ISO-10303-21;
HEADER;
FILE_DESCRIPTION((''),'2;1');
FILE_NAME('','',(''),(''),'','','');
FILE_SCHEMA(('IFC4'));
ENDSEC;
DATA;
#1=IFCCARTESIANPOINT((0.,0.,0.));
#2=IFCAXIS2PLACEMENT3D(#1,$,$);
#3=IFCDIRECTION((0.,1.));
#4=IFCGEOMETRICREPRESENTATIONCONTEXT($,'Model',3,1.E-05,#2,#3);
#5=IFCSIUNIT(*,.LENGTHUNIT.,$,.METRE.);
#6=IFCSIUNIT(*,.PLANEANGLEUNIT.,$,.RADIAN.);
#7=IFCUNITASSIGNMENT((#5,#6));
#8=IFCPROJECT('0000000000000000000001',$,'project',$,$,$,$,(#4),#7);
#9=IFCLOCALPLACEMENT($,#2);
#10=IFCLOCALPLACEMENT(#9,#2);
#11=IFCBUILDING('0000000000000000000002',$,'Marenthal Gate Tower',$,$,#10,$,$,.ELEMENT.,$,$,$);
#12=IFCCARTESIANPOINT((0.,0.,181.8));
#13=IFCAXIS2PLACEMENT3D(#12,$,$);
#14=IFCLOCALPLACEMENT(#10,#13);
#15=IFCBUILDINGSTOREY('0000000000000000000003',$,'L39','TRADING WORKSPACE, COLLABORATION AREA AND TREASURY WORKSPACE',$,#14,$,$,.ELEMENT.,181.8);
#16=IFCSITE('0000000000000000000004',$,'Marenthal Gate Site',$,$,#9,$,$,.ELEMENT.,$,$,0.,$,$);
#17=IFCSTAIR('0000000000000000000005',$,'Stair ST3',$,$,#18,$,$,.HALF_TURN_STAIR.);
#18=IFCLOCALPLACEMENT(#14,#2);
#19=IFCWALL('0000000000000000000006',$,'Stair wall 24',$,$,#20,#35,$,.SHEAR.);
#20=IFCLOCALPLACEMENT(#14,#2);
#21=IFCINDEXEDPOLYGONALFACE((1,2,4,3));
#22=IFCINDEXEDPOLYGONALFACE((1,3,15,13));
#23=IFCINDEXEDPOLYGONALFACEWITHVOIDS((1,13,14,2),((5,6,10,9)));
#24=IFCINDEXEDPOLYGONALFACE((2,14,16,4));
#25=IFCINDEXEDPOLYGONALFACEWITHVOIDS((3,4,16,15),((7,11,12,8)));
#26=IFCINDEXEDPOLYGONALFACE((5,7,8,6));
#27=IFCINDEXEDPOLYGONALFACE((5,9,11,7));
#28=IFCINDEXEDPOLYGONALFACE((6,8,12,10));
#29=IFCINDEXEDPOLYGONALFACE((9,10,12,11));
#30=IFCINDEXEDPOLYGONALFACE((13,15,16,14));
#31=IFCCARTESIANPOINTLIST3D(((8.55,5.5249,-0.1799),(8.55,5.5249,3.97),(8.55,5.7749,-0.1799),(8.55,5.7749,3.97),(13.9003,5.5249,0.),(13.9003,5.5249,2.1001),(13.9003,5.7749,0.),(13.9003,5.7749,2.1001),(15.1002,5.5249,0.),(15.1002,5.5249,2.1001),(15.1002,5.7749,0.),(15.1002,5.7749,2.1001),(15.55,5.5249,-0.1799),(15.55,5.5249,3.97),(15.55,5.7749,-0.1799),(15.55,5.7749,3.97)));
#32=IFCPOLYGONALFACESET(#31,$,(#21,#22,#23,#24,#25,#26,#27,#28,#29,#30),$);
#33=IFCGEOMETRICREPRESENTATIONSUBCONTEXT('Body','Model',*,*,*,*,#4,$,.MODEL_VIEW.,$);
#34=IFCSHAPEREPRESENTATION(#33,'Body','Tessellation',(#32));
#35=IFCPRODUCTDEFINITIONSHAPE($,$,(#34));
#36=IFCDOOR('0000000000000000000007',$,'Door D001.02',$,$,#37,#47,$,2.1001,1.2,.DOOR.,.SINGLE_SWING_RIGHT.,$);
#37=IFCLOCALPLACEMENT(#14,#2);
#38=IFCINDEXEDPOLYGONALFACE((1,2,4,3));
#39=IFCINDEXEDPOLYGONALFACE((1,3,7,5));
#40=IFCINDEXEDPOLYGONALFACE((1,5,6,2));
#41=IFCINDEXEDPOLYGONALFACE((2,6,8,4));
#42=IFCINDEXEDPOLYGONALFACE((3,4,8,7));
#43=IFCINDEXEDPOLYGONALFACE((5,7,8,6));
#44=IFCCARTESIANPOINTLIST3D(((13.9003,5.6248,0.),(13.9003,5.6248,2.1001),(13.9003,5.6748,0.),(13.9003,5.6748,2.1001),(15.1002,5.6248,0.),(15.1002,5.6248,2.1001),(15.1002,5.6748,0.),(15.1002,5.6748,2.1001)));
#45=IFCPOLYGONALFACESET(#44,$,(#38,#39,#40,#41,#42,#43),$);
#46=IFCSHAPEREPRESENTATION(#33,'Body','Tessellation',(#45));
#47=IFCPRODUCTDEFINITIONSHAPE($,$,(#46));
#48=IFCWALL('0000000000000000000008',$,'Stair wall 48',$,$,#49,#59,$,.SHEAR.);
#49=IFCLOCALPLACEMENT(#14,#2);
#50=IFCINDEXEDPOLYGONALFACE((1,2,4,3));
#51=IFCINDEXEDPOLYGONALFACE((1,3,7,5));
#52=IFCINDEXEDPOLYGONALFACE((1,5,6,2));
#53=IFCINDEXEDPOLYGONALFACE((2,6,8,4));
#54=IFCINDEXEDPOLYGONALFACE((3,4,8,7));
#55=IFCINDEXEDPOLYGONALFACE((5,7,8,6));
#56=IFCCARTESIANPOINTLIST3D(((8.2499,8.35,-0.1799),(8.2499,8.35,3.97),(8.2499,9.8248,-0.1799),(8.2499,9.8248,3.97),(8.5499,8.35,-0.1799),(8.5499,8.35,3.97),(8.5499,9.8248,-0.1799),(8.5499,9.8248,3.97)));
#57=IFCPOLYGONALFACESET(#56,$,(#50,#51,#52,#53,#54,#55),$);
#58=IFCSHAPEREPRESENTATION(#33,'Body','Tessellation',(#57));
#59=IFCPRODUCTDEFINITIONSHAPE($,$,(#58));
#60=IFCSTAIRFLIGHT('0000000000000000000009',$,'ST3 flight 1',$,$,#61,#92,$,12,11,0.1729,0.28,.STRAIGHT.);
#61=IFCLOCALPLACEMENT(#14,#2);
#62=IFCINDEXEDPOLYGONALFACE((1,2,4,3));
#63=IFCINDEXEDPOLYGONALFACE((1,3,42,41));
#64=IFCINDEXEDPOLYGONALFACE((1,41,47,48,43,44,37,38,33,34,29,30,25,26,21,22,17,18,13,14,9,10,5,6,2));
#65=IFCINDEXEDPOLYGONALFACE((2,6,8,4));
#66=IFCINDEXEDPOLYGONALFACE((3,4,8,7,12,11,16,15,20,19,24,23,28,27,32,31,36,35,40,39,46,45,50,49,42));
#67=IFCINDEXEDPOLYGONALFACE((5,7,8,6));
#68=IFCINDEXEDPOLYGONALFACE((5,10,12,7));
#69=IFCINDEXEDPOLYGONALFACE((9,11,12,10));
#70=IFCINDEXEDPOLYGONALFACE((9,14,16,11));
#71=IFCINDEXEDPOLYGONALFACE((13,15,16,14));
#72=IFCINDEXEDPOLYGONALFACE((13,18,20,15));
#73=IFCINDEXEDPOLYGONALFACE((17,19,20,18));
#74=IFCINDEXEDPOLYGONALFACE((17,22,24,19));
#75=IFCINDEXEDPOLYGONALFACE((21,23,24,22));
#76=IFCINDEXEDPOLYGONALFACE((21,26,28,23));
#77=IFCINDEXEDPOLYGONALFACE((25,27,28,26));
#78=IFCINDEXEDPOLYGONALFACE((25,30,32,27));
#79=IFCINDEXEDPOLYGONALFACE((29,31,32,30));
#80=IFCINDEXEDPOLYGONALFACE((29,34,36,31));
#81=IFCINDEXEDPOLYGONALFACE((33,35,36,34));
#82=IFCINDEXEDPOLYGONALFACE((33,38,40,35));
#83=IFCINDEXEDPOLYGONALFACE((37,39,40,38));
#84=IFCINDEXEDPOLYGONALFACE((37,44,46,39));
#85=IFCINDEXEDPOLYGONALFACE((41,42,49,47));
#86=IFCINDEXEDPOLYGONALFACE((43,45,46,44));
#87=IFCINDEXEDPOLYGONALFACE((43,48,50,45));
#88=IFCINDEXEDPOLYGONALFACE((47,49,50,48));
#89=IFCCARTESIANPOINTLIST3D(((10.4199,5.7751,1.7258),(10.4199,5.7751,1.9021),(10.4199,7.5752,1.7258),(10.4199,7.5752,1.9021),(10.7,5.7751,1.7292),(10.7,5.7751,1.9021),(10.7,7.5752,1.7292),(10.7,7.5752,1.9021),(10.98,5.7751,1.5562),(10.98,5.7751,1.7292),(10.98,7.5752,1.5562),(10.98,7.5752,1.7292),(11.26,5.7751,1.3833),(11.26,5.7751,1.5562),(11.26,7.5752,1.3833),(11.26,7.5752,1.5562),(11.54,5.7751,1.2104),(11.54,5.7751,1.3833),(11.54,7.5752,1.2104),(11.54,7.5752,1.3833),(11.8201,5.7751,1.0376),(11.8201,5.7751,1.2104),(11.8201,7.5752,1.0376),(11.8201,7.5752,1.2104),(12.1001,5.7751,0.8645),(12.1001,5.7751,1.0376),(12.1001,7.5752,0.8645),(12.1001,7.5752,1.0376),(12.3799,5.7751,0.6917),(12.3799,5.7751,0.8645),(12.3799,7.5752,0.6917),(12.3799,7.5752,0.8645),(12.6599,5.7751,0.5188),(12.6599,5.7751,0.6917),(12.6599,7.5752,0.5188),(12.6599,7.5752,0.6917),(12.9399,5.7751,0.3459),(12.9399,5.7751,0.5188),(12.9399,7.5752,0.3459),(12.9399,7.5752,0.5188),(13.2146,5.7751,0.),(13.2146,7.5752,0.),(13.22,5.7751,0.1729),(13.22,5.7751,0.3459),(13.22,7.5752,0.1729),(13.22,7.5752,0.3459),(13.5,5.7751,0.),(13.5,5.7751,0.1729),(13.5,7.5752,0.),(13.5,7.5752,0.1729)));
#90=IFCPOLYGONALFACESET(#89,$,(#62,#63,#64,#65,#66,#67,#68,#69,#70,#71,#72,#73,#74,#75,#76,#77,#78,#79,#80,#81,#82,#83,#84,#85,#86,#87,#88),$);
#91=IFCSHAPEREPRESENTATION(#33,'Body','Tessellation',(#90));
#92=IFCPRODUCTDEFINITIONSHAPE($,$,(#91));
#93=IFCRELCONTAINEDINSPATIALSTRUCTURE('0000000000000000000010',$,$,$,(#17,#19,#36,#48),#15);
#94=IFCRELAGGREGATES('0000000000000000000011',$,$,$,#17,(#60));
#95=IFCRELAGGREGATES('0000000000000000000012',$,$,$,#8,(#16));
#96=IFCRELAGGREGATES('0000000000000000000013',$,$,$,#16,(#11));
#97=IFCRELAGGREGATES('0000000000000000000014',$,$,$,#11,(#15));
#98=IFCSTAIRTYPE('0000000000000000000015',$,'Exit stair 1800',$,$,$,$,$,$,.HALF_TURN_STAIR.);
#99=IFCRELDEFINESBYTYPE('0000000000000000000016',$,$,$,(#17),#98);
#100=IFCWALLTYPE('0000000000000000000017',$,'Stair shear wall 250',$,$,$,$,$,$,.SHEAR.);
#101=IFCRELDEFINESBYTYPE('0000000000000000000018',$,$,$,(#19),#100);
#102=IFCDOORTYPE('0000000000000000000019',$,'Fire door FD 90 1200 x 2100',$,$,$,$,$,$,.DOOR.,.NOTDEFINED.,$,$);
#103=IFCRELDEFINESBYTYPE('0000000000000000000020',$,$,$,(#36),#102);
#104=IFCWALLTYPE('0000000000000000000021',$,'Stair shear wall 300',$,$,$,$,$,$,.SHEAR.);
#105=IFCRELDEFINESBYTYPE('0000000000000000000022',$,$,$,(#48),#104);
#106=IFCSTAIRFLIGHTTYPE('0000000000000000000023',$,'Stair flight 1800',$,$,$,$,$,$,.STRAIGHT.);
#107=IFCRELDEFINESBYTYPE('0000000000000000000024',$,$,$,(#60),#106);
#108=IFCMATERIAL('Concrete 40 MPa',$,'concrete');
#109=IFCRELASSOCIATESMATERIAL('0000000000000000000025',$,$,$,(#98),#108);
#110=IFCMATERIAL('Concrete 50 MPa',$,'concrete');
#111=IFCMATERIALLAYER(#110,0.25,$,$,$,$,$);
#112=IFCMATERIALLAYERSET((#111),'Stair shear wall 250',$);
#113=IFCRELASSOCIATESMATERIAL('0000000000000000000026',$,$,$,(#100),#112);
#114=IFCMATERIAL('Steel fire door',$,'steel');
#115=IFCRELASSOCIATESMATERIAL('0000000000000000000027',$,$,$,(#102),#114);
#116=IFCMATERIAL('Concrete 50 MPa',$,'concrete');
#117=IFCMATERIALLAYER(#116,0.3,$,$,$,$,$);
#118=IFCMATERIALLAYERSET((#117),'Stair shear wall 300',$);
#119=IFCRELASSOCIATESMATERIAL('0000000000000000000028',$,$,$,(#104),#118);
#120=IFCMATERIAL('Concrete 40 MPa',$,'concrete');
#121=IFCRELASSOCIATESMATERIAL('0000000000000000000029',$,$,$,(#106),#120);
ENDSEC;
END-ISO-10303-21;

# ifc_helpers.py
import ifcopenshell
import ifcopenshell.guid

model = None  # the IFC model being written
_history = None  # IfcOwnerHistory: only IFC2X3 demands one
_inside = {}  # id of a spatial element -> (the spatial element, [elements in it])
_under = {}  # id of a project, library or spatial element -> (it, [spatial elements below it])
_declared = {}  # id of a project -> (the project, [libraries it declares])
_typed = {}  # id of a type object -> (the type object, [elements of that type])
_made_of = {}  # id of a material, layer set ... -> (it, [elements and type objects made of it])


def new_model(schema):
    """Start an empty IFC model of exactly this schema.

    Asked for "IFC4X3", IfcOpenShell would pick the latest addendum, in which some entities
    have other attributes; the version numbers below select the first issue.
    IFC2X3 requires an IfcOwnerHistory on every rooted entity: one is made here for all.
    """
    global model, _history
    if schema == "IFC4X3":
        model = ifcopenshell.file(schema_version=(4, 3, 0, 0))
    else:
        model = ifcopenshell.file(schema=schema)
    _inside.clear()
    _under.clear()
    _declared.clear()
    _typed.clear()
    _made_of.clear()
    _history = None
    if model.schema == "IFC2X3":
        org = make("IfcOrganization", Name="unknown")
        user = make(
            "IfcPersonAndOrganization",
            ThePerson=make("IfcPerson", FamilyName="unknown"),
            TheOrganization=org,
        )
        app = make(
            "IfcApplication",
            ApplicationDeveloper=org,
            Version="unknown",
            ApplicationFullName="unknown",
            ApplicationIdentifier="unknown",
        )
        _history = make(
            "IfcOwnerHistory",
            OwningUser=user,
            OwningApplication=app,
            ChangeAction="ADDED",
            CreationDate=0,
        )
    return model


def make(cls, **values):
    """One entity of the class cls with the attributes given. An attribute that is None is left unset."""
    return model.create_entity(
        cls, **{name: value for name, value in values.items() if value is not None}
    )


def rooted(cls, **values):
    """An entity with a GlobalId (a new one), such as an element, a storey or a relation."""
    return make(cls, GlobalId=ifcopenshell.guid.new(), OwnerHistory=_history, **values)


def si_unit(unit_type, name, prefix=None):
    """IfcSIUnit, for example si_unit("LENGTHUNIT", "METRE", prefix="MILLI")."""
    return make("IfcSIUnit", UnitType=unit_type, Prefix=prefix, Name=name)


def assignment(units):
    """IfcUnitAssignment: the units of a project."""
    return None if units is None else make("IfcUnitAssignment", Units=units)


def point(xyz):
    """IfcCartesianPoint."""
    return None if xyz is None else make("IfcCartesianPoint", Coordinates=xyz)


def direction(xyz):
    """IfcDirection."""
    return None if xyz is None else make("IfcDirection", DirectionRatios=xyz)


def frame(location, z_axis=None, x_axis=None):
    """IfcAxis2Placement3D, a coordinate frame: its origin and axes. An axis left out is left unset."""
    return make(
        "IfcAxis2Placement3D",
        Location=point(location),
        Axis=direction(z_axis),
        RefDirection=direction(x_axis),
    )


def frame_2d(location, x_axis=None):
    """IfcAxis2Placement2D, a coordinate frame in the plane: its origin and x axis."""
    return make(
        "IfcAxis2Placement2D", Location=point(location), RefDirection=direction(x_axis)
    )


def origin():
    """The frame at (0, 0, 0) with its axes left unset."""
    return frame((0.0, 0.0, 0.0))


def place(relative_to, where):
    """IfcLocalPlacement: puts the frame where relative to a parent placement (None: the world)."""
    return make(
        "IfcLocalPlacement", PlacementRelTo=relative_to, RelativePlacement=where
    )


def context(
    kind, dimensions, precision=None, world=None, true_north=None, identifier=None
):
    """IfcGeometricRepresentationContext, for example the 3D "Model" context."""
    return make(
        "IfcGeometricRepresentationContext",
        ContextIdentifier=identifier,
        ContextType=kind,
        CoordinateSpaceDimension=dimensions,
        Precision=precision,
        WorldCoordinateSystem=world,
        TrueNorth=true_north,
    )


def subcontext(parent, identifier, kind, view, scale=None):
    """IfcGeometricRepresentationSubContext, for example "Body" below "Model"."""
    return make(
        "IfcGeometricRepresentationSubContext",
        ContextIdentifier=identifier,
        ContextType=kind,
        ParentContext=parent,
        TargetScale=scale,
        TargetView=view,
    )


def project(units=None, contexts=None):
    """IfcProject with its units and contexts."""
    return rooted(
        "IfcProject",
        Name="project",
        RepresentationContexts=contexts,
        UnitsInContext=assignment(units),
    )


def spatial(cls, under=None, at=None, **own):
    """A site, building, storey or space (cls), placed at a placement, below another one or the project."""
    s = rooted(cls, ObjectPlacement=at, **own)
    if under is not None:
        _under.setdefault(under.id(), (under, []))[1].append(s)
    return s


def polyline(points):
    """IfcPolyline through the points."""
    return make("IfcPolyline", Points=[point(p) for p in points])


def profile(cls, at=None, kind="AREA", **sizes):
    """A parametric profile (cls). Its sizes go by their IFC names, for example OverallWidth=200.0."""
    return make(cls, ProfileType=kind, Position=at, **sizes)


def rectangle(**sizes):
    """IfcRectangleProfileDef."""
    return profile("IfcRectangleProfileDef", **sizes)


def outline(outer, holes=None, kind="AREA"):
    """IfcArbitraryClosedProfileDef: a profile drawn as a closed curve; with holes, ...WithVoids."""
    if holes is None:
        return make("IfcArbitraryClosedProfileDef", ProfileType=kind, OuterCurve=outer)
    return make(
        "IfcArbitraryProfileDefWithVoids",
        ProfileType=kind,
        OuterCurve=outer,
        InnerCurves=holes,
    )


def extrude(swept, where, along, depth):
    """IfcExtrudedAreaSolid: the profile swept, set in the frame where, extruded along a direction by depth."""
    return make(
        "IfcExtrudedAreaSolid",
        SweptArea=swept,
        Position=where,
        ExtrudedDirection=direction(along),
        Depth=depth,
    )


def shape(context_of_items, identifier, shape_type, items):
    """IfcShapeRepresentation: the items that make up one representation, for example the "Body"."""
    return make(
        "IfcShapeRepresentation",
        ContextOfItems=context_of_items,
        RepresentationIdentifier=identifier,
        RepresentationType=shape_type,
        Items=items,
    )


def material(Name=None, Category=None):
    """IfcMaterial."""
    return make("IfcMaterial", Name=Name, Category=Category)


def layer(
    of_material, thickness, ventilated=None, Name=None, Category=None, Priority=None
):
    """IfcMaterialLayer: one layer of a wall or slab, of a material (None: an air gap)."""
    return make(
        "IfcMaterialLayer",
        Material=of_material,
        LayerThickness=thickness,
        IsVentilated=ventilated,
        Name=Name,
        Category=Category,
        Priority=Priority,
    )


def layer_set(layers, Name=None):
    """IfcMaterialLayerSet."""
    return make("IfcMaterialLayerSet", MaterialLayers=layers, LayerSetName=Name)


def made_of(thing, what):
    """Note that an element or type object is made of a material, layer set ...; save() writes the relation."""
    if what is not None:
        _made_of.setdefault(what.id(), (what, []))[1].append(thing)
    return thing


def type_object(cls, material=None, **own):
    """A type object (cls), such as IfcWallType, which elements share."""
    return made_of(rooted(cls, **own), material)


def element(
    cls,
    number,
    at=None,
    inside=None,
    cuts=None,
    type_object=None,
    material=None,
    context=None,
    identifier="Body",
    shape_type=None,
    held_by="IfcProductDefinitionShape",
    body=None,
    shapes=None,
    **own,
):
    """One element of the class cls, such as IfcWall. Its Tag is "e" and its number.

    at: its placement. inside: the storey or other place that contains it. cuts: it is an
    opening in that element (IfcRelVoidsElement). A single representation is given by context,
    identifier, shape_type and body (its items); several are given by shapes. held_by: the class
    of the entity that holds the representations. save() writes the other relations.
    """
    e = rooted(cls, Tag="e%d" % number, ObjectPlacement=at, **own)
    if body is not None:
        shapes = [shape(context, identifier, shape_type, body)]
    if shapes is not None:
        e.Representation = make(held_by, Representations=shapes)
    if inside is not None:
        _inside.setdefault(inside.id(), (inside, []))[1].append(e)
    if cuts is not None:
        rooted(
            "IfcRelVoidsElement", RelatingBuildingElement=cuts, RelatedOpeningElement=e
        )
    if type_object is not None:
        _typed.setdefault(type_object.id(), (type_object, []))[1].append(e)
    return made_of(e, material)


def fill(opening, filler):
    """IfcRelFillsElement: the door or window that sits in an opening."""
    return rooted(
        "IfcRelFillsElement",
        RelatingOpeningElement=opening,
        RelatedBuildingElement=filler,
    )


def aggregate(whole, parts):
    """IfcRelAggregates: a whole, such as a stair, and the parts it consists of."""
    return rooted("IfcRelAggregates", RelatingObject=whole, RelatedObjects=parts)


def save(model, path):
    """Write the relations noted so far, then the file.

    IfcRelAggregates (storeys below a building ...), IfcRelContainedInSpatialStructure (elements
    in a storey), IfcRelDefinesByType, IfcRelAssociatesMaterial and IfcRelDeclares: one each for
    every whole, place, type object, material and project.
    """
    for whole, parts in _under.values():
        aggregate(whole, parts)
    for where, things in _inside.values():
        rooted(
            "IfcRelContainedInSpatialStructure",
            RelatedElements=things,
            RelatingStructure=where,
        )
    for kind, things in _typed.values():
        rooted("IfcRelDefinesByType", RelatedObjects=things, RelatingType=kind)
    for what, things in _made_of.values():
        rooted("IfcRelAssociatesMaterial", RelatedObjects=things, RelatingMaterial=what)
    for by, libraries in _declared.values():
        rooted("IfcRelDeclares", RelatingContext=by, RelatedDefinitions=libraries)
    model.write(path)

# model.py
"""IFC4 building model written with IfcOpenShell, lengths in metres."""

from ifc_helpers import new_model, si_unit, direction, frame, frame_2d, origin, place, context, subcontext, project, spatial, polyline, rectangle, outline, extrude, material, layer, layer_set, type_object, element, fill, aggregate, save


model = new_model("IFC4")

# Units and contexts
model_context = context("Model", 3, precision=1e-05, world=origin(), true_north=direction((0.0, 1.0)))
body_context = subcontext(model_context, "Body", "Model", "MODEL_VIEW")
ifc_project = project(units=[si_unit("LENGTHUNIT", "METRE"), si_unit("PLANEANGLEUNIT", "RADIAN")], contexts=[model_context])

# Site, building, storey
site_placement = place(None, origin())
site = spatial("IfcSite", under=ifc_project, at=site_placement, Name="Marenthal Gate Site", CompositionType="ELEMENT", RefElevation=0.0)
building_placement = place(site_placement, origin())
building = spatial("IfcBuilding", under=site, at=building_placement, Name="Marenthal Gate Tower", CompositionType="ELEMENT")
storey_placement = place(building_placement, frame((0.0, 0.0, 181.8)))
storey = spatial("IfcBuildingStorey", under=building, at=storey_placement, Name="L39", Description="TRADING WORKSPACE, COLLABORATION AREA AND TREASURY WORKSPACE", CompositionType="ELEMENT", Elevation=181.8)

# Stair
ifc_material_1 = material(Name="Concrete 40 MPa", Category="concrete")
stair_type = type_object("IfcStairType", Name="Exit stair 1800", PredefinedType="HALF_TURN_STAIR", material=ifc_material_1)
stair_1_placement = place(storey_placement, origin())
stair_1 = element("IfcStair", 1, at=stair_1_placement, inside=storey, type_object=stair_type, Name="Stair ST3", PredefinedType="HALF_TURN_STAIR")

# Wall, opening, door
ifc_material_2 = material(Name="Concrete 50 MPa", Category="concrete")
ifc_layer_1 = layer(ifc_material_2, 0.25)
ifc_layer_set_1 = layer_set([ifc_layer_1], Name="Stair shear wall 250")
wall_type_1 = type_object("IfcWallType", Name="Stair shear wall 250", PredefinedType="SHEAR", material=ifc_layer_set_1)
wall_1_placement = place(storey_placement, frame((8.55, 5.6499, -0.1799), z_axis=(0.0, 0.0, 1.0), x_axis=(1.0, 0.0, 0.0)))
wall_1 = element("IfcWall", 2, at=wall_1_placement, inside=storey, type_object=wall_type_1, Name="Stair wall 24", PredefinedType="SHEAR", context=body_context, shape_type="SweptSolid", body=[
    extrude(rectangle(XDim=7.0, YDim=0.25, at=frame_2d((3.5, 0.0))), origin(), (0.0, 0.0, 1.0), 4.1499),
])
opening_placement = place(wall_1_placement, frame((5.3501, 0.0, 0.1799)))
opening = element("IfcOpeningElement", 3, at=opening_placement, cuts=wall_1, PredefinedType="OPENING", context=body_context, shape_type="SweptSolid", body=[
    extrude(rectangle(XDim=1.2, YDim=2.1001, at=frame_2d((0.6001, 1.05))), frame((0.0, 0.135, 0.0), z_axis=(0.0, -1.0, 0.0), x_axis=(1.0, 0.0, 0.0)), (0.0, 0.0, 1.0), 0.27),
])
ifc_material_3 = material(Name="Steel fire door", Category="steel")
door_type = type_object("IfcDoorType", Name="Fire door FD 90 1200 x 2100", OperationType="NOTDEFINED", PredefinedType="DOOR", material=ifc_material_3)
door_placement = place(opening_placement, origin())
door = element("IfcDoor", 4, at=door_placement, inside=storey, type_object=door_type, Name="Door D001.02", OperationType="SINGLE_SWING_RIGHT", OverallHeight=2.1001, OverallWidth=1.2, PredefinedType="DOOR", context=body_context, shape_type="SweptSolid", body=[
    extrude(rectangle(XDim=1.2, YDim=2.1001, at=frame_2d((0.6001, 1.05))), frame((0.0, 0.0249, 0.0), z_axis=(0.0, -1.0, 0.0), x_axis=(1.0, 0.0, 0.0)), (0.0, 0.0, 1.0), 0.05),
])
fill(opening, door)

# Wall
ifc_material_4 = material(Name="Concrete 50 MPa", Category="concrete")
ifc_layer_2 = layer(ifc_material_4, 0.3)
ifc_layer_set_2 = layer_set([ifc_layer_2], Name="Stair shear wall 300")
wall_type_2 = type_object("IfcWallType", Name="Stair shear wall 300", PredefinedType="SHEAR", material=ifc_layer_set_2)
wall_2_placement = place(storey_placement, frame((8.3999, 8.3501, -0.1799), z_axis=(0.0, 0.0, 1.0), x_axis=(0.0, 1.0, 0.0)))
element("IfcWall", 5, at=wall_2_placement, inside=storey, type_object=wall_type_2, Name="Stair wall 48", PredefinedType="SHEAR", context=body_context, shape_type="SweptSolid", body=[
    extrude(rectangle(XDim=1.4749, YDim=0.3, at=frame_2d((0.7373, 0.0))), origin(), (0.0, 0.0, 1.0), 4.1499),
])

# Stair flight
ifc_material_5 = material(Name="Concrete 40 MPa", Category="concrete")
stair_flight_type = type_object("IfcStairFlightType", Name="Stair flight 1800", PredefinedType="STRAIGHT", material=ifc_material_5)
stair_flight_placement = place(storey_placement, frame((13.5, 6.675, 0.0), z_axis=(0.0, 0.0, 1.0), x_axis=(-1.0, 0.0, 0.0)))
stair_flight = element("IfcStairFlight", 6, at=stair_flight_placement, type_object=stair_flight_type, Name="ST3 flight 1", NumberOfRisers=12, NumberOfTreads=11, PredefinedType="STRAIGHT", RiserHeight=0.1729, TreadLength=0.28, context=body_context, shape_type="SweptSolid", body=[
    extrude(outline(polyline([(0.0, 0.0), (0.0, 0.1729), (0.28, 0.1729), (0.28, 0.3459), (0.5601, 0.3459), (0.5601, 0.5188), (0.8401, 0.5188), (0.8401, 0.6917), (1.1201, 0.6917), (1.1201, 0.8645), (1.3999, 0.8645), (1.3999, 1.0376), (1.6799, 1.0376), (1.6799, 1.2104), (1.96, 1.2104), (1.96, 1.3833), (2.24, 1.3833), (2.24, 1.5562), (2.52, 1.5562), (2.52, 1.7292), (2.8, 1.7292), (2.8, 1.9021), (3.0801, 1.9021), (3.0801, 2.075), (3.0801, 1.7258), (0.2854, 0.0), (0.0, 0.0)])), frame((0.0, 0.8999, 0.0), z_axis=(0.0, -1.0, 0.0), x_axis=(1.0, 0.0, 0.0)), (0.0, 0.0, 1.0), 1.8),
])
aggregate(stair_1, [stair_flight])

save(model, "model.ifc")
